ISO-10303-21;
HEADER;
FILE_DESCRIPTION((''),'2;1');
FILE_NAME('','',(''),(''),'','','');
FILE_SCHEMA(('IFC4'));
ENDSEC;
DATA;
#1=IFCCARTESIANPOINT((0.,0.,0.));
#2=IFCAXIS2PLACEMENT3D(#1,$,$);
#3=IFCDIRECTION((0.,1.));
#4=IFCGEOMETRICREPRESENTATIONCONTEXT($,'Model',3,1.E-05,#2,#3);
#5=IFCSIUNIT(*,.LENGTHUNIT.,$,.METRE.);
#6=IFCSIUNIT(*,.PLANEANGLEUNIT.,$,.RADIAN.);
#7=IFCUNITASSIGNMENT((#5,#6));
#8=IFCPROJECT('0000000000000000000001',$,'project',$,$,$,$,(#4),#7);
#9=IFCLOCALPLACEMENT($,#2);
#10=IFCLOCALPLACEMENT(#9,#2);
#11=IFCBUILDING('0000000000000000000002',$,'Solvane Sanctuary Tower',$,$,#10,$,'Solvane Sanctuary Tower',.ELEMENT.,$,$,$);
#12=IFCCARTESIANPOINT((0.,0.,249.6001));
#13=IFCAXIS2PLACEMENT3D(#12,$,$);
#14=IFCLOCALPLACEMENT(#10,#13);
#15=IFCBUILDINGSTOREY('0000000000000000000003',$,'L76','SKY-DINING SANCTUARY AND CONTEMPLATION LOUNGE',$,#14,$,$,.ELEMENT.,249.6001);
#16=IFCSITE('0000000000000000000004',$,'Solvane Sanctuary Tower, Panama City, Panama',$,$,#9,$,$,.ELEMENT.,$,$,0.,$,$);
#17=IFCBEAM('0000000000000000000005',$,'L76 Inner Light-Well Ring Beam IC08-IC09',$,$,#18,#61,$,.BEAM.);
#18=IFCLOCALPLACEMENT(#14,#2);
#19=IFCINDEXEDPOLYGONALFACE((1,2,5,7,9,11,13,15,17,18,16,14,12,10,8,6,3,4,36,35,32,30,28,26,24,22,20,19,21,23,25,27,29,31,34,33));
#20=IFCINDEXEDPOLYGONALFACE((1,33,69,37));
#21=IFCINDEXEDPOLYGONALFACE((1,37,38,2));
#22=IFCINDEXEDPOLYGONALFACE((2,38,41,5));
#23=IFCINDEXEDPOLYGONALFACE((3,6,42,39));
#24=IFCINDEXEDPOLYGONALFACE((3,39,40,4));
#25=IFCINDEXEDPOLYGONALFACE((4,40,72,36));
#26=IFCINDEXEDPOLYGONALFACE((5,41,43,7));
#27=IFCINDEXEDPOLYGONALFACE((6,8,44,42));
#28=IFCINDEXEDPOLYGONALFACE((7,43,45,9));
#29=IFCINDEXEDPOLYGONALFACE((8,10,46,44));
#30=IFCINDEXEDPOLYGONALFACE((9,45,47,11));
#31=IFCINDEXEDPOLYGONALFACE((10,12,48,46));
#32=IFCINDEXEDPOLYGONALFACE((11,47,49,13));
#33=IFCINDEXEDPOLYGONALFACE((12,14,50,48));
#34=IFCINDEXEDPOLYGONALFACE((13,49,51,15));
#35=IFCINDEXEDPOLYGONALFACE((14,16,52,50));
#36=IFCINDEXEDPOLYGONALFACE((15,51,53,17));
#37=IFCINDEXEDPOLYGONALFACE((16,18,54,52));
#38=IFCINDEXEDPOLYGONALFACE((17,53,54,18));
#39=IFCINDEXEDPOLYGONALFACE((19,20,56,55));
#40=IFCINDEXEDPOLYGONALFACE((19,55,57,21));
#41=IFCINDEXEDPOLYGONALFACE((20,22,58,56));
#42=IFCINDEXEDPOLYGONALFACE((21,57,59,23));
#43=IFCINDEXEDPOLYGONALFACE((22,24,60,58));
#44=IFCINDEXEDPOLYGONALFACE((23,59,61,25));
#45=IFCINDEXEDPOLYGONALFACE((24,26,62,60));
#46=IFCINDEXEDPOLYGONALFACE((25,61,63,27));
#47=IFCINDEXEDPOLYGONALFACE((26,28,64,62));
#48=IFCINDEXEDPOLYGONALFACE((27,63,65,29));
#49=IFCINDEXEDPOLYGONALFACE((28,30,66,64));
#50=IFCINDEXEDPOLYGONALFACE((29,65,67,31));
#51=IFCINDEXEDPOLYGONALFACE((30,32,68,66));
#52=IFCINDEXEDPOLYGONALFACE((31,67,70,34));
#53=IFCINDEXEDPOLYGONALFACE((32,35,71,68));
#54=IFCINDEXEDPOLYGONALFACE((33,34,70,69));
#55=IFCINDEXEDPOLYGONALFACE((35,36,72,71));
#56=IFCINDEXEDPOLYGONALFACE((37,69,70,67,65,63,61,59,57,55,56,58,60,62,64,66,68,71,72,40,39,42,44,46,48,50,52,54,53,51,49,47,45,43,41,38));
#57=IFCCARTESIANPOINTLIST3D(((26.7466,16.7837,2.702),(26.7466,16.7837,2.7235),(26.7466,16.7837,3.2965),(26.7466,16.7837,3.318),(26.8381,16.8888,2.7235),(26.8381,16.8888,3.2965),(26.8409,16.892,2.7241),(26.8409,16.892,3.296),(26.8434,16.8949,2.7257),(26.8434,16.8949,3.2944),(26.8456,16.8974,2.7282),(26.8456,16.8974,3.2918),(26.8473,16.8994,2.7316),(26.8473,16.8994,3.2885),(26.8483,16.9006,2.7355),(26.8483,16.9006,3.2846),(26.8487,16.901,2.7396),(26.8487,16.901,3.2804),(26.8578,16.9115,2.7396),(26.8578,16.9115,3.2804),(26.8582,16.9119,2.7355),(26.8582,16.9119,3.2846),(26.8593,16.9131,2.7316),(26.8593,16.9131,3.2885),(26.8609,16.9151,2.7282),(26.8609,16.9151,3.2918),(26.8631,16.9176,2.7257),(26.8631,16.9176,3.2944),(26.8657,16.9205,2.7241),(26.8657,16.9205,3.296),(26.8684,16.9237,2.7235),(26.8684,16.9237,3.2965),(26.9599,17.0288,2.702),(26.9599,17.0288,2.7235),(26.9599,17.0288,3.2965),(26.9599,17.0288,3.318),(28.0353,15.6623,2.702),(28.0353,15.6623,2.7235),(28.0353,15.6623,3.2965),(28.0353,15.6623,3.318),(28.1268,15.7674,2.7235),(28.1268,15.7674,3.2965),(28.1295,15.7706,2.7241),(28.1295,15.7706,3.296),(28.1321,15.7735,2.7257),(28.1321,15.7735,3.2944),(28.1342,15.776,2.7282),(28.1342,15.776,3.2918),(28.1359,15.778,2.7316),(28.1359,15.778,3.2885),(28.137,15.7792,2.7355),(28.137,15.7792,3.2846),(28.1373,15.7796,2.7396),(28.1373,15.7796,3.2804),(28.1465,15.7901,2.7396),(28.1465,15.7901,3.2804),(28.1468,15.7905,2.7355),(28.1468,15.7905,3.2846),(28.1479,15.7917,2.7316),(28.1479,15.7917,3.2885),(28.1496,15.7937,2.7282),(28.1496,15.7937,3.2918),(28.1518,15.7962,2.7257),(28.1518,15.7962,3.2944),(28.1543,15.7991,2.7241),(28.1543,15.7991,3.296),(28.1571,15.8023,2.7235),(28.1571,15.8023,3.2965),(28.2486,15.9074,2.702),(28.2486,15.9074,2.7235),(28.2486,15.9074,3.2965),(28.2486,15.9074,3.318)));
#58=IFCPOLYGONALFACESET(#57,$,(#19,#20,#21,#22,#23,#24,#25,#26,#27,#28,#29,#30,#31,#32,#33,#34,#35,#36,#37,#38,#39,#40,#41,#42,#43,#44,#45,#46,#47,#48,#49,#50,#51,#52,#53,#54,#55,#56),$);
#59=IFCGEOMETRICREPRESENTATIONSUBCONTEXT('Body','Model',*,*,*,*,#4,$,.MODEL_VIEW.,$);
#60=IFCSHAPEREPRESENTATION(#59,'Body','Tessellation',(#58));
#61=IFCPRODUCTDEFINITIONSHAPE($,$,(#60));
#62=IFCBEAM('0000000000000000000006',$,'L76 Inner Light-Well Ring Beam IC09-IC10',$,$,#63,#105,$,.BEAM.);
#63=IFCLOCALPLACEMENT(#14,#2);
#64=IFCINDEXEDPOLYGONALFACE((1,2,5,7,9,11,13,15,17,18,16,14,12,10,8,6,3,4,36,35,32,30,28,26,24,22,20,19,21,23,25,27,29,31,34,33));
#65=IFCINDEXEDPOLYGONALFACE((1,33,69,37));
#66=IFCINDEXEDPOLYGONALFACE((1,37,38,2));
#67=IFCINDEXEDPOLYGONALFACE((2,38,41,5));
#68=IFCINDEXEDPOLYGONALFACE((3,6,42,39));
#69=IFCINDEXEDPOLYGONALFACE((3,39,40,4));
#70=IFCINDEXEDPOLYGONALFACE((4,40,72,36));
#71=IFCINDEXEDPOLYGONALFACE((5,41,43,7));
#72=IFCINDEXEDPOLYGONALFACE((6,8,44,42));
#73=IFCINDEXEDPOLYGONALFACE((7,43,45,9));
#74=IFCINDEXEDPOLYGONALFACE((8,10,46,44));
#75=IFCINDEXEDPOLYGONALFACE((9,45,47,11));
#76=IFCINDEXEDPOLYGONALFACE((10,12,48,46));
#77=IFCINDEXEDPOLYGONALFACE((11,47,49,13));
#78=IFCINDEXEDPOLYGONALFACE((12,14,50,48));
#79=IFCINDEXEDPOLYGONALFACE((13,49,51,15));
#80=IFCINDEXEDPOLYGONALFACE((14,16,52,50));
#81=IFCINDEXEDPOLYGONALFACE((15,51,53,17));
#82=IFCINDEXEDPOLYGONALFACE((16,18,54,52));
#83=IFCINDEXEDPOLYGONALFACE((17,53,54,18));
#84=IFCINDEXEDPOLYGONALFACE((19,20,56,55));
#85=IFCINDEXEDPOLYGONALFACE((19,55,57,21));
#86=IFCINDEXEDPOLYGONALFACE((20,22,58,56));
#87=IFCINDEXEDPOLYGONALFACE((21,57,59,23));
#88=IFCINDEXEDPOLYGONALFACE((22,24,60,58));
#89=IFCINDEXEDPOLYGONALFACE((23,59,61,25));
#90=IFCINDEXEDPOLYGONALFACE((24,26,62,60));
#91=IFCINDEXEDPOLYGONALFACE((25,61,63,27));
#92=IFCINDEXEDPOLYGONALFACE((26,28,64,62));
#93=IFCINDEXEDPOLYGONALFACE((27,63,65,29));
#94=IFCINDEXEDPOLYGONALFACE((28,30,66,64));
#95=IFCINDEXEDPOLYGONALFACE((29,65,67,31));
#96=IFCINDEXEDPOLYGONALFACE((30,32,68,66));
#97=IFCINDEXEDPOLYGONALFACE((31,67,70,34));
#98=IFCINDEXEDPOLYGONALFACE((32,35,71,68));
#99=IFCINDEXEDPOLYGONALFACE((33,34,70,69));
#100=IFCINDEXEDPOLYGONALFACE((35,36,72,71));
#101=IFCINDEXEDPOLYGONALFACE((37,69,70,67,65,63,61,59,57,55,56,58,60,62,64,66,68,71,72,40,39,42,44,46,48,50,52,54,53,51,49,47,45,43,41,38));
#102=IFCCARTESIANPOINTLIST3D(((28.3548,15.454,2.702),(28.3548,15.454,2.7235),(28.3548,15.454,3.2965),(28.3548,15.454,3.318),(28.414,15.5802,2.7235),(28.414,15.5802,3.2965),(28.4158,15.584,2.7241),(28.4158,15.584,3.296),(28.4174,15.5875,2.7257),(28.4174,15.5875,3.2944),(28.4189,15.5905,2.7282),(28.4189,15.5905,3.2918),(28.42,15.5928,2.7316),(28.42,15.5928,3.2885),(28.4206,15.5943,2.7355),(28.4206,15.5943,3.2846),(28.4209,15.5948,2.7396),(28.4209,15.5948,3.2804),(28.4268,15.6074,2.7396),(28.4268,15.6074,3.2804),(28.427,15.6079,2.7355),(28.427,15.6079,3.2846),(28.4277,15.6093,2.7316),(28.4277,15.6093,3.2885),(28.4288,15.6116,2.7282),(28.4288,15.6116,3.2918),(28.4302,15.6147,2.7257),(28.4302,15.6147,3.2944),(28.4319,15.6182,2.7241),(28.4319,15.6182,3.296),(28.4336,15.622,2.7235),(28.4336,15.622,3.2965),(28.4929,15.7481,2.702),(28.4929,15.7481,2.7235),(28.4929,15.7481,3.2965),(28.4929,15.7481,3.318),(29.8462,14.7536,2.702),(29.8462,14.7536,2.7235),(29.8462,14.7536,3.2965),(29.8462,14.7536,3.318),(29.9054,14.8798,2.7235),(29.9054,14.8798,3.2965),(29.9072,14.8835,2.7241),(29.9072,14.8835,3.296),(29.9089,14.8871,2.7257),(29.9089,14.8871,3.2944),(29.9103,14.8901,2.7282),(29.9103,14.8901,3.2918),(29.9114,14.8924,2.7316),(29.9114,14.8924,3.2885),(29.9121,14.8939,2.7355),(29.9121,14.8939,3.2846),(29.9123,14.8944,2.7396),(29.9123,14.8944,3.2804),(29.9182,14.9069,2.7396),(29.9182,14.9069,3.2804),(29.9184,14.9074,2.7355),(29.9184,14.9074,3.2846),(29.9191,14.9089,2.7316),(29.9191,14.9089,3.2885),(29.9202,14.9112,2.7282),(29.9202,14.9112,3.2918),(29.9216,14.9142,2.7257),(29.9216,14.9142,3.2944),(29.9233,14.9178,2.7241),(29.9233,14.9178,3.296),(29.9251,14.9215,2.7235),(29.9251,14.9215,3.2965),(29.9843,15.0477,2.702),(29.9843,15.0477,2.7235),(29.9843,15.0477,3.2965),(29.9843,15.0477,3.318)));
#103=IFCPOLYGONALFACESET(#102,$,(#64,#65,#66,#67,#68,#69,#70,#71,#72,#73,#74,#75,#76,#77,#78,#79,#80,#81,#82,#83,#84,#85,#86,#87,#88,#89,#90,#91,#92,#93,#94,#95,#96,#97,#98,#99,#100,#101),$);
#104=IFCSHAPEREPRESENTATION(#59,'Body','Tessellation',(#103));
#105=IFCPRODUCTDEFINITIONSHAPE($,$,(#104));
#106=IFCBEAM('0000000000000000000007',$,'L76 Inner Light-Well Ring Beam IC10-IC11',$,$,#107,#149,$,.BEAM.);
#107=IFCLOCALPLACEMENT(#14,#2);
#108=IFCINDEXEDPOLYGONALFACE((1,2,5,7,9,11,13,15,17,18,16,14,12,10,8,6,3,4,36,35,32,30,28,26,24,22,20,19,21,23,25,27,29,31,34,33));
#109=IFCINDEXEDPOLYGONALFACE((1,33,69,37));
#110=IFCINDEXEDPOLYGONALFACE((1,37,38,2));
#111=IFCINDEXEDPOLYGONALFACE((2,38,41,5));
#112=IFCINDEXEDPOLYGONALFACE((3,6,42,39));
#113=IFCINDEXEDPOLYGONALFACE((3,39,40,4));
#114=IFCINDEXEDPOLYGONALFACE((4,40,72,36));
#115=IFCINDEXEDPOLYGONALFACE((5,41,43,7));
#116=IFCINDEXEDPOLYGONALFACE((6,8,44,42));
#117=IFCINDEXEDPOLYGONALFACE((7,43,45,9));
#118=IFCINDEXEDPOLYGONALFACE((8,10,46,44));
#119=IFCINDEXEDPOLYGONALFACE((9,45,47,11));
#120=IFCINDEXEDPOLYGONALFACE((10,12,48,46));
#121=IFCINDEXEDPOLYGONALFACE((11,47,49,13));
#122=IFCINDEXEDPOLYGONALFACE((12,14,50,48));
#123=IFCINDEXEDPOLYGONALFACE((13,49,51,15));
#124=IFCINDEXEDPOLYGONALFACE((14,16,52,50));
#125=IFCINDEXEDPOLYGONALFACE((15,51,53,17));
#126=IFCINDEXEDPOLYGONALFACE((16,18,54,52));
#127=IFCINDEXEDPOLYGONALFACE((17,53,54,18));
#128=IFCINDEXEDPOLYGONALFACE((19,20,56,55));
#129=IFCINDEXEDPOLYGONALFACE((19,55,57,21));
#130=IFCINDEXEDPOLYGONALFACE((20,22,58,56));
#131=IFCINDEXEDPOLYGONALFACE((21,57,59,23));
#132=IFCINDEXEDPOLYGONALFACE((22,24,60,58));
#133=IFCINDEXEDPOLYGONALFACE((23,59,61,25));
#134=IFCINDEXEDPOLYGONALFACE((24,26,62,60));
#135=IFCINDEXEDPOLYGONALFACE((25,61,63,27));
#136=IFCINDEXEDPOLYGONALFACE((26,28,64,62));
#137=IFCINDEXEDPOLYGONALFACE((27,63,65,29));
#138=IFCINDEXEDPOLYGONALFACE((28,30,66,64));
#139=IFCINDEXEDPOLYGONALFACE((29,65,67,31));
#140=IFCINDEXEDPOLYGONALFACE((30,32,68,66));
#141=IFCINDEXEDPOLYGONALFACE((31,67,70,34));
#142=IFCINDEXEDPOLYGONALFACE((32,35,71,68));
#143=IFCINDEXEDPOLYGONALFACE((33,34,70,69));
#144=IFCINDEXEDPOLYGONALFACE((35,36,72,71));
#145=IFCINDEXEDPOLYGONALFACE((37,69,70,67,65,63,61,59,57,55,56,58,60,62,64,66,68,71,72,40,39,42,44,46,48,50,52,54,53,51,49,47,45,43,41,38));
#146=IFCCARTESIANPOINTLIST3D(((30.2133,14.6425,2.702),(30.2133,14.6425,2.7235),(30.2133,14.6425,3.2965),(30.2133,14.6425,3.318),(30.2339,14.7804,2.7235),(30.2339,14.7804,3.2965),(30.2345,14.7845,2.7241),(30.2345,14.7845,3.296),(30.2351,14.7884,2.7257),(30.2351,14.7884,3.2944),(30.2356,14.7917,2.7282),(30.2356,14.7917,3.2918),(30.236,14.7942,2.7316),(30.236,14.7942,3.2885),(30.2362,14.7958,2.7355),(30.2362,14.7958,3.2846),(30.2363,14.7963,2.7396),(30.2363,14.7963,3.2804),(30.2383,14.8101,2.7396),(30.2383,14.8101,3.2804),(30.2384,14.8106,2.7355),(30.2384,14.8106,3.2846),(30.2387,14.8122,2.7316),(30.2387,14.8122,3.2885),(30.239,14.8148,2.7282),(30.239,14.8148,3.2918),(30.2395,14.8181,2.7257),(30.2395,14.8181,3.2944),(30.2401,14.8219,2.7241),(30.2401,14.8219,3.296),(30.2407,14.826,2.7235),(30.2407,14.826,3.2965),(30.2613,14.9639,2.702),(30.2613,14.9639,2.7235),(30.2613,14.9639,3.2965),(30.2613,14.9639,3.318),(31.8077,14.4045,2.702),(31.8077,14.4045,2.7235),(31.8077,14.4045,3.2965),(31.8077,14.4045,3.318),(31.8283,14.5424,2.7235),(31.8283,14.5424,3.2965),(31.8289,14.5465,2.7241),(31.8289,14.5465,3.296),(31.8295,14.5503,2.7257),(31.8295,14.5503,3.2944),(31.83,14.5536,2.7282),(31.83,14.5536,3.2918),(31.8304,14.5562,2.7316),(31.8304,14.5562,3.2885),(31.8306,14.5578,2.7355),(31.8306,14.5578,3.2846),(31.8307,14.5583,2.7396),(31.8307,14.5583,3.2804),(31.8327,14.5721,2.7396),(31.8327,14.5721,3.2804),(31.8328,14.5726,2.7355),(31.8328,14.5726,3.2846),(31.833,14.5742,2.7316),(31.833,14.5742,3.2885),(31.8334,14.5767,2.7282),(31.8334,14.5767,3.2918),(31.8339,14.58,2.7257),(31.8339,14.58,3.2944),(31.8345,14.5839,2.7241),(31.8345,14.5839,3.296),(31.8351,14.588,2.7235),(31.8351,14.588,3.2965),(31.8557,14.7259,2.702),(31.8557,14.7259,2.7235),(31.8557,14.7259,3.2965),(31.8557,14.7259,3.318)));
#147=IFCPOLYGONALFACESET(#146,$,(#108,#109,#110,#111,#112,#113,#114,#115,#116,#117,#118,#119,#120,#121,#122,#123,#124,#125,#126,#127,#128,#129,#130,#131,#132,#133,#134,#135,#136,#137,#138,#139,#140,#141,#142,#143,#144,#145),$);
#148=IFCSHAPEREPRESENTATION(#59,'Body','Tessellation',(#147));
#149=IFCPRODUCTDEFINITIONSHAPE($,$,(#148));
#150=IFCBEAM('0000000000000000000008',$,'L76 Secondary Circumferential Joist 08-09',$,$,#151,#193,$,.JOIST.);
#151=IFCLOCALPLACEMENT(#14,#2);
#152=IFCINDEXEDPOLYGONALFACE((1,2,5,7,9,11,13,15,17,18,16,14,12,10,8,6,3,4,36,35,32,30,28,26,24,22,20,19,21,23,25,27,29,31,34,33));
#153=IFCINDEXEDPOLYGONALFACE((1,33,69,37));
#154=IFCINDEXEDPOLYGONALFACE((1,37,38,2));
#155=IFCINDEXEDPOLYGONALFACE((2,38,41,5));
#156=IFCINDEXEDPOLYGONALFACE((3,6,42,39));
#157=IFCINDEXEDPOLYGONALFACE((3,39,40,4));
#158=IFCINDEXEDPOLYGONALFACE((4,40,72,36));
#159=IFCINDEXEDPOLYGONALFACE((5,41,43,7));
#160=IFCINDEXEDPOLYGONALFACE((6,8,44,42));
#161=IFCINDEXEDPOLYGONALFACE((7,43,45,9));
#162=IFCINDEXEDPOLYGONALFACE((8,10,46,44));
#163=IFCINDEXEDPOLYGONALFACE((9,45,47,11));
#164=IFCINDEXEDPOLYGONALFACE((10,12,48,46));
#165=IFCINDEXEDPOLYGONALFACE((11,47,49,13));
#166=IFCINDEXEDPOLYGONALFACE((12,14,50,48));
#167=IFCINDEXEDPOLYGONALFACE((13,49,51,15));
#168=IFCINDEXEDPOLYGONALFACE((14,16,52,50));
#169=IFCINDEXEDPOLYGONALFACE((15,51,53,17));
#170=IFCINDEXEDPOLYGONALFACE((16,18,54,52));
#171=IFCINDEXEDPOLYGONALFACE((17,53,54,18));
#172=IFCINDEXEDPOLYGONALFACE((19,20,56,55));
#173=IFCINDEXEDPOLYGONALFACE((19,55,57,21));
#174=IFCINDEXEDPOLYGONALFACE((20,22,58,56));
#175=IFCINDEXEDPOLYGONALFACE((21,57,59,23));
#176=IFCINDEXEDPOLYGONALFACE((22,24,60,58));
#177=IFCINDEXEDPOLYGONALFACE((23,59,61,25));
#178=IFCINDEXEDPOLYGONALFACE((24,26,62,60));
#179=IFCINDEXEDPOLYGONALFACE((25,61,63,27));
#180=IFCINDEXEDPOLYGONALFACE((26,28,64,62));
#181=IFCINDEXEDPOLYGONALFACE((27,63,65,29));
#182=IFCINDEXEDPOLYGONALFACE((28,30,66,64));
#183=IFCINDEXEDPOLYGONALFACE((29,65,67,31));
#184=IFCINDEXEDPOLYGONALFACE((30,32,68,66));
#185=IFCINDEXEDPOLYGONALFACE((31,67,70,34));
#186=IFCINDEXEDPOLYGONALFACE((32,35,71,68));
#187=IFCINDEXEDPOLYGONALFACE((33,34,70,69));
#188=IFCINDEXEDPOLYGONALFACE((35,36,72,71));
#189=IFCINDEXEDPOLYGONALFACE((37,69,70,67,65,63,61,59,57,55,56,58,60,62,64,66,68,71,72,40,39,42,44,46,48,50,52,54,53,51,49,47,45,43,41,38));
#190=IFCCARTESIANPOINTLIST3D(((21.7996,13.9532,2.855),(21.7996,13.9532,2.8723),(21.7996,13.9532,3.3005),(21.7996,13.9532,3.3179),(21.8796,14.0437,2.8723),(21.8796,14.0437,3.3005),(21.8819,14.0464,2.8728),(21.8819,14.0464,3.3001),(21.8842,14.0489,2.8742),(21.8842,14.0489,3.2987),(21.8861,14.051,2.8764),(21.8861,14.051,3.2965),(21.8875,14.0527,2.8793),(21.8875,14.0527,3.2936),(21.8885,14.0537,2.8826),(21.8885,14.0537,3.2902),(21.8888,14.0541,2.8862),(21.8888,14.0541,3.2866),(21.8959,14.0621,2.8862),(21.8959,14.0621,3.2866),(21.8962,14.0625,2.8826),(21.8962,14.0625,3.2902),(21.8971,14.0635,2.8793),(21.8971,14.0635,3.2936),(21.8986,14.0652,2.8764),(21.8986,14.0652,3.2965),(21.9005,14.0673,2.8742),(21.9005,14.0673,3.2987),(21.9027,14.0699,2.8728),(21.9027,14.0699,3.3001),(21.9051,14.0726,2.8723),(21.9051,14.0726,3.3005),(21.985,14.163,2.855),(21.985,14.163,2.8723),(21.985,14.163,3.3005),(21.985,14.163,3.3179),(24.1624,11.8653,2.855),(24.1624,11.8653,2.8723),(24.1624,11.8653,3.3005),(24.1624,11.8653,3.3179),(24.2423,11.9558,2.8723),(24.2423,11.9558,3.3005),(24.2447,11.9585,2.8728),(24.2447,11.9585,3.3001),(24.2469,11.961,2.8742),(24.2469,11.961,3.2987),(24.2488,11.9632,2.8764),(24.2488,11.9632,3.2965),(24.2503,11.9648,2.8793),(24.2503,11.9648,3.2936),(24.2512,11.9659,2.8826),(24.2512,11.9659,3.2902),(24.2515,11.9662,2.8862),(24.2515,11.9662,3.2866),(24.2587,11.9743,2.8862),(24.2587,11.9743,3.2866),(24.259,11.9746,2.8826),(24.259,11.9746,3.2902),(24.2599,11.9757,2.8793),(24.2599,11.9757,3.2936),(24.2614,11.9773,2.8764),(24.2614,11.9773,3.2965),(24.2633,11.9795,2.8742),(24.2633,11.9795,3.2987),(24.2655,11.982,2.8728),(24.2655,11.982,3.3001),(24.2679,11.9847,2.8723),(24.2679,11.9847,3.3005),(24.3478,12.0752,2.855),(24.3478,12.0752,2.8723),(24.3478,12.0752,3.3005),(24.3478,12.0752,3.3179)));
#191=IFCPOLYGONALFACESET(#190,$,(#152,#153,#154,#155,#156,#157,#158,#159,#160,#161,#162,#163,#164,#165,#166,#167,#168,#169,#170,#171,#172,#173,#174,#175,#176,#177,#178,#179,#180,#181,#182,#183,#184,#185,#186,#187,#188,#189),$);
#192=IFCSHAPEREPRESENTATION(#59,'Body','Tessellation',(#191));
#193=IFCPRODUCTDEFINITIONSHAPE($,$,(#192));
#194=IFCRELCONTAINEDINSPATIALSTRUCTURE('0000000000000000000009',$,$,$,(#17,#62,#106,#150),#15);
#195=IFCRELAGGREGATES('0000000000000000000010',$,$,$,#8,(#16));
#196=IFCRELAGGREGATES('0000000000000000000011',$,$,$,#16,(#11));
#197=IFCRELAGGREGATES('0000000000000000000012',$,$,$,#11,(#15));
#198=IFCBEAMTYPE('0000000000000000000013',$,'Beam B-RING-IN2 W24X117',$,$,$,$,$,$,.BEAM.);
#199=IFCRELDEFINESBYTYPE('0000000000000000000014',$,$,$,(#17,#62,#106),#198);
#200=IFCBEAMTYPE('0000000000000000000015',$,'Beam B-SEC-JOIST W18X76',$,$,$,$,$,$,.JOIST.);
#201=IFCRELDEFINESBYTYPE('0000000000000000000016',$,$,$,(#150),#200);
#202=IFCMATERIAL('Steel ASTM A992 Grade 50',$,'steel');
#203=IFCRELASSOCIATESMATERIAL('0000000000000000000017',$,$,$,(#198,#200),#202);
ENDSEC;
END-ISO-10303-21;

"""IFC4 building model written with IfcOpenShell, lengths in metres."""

from ifc_helpers import new_model, si_unit, direction, frame, origin, origin_2d, place, context, subcontext, project, spatial, i_section, extrude, material, material_profile, profile_set, type_object, element, save


model = new_model("IFC4")

# Units and contexts
model_context = context("Model", 3, precision=1e-05, world=origin(), true_north=direction((0.0, 1.0)))
body_context = subcontext(model_context, "Body", "Model", "MODEL_VIEW")
ifc_project = project(units=[si_unit("LENGTHUNIT", "METRE"), si_unit("PLANEANGLEUNIT", "RADIAN")], contexts=[model_context])

# Site, building, storey
site_placement = place(None, origin())
site = spatial("IfcSite", under=ifc_project, at=site_placement, Name="Solvane Sanctuary Tower, Panama City, Panama", CompositionType="ELEMENT", RefElevation=0.0)
building_placement = place(site_placement, origin())
building = spatial("IfcBuilding", under=site, at=building_placement, Name="Solvane Sanctuary Tower", LongName="Solvane Sanctuary Tower", CompositionType="ELEMENT")
storey_placement = place(building_placement, frame((0.0, 0.0, 249.6001)))
storey = spatial("IfcBuildingStorey", under=building, at=storey_placement, Name="L76", Description="SKY-DINING SANCTUARY AND CONTEMPLATION LOUNGE", CompositionType="ELEMENT", Elevation=249.6001)

# Beams
ifc_material_1 = material(Name="Steel ASTM A992 Grade 50", Category="steel")
ifc_material_profile_1 = material_profile(ifc_material_1, i_section(OverallWidth=0.325, OverallDepth=0.616, WebThickness=0.0139, FlangeThickness=0.0215, FilletRadius=0.0161, at=origin_2d()), Name="W24X117")
ifc_profile_set_1 = profile_set([ifc_material_profile_1], Name="Steel ASTM A992 Grade 50")
beam_type_1 = type_object("IfcBeamType", Name="Beam B-RING-IN2 W24X117", PredefinedType="BEAM", material=ifc_profile_set_1)
beam_1_placement = place(storey_placement, frame((26.8533, 16.9062, 3.01), z_axis=(0.754362, -0.656458, 0.0), x_axis=(0.656458, 0.754362, 0.0)))
element("IfcBeam", 1, at=beam_1_placement, inside=storey, type_object=beam_type_1, Name="L76 Inner Light-Well Ring Beam IC08-IC09", PredefinedType="BEAM", context=body_context, shape_type="SweptSolid", body=[
    extrude(i_section(OverallWidth=0.325, OverallDepth=0.616, WebThickness=0.0139, FlangeThickness=0.0215, FilletRadius=0.0161, at=origin_2d()), origin(), (0.0, 0.0, 1.0), 1.7083),
])
beam_2_placement = place(storey_placement, frame((28.4238, 15.6011, 3.01), z_axis=(0.905151, -0.42509, 0.0), x_axis=(0.42509, 0.905151, 0.0)))
element("IfcBeam", 2, at=beam_2_placement, inside=storey, type_object=beam_type_1, Name="L76 Inner Light-Well Ring Beam IC09-IC10", PredefinedType="BEAM", context=body_context, shape_type="SweptSolid", body=[
    extrude(i_section(OverallWidth=0.325, OverallDepth=0.616, WebThickness=0.0139, FlangeThickness=0.0215, FilletRadius=0.0161, at=origin_2d()), origin(), (0.0, 0.0, 1.0), 1.6477),
])
beam_3_placement = place(storey_placement, frame((30.2373, 14.8032, 3.01), z_axis=(0.989039, -0.147652, 0.0), x_axis=(0.147652, 0.989039, 0.0)))
element("IfcBeam", 3, at=beam_3_placement, inside=storey, type_object=beam_type_1, Name="L76 Inner Light-Well Ring Beam IC10-IC11", PredefinedType="BEAM", context=body_context, shape_type="SweptSolid", body=[
    extrude(i_section(OverallWidth=0.325, OverallDepth=0.616, WebThickness=0.0139, FlangeThickness=0.0215, FilletRadius=0.0161, at=origin_2d()), origin(), (0.0, 0.0, 1.0), 1.6121),
])
ifc_material_profile_2 = material_profile(ifc_material_1, i_section(OverallWidth=0.28, OverallDepth=0.4629, WebThickness=0.0107, FlangeThickness=0.0173, FilletRadius=0.0139, at=origin_2d()), Name="W18X76")
ifc_profile_set_2 = profile_set([ifc_material_profile_2], Name="Steel ASTM A992 Grade 50")
beam_type_2 = type_object("IfcBeamType", Name="Beam B-SEC-JOIST W18X76", PredefinedType="JOIST", material=ifc_profile_set_2)
beam_4_placement = place(storey_placement, frame((21.8923, 14.0581, 3.0864), z_axis=(0.749354, -0.662169, 0.0), x_axis=(0.662169, 0.749354, 0.0)))
element("IfcBeam", 4, at=beam_4_placement, inside=storey, type_object=beam_type_2, Name="L76 Secondary Circumferential Joist 08-09", PredefinedType="JOIST", context=body_context, shape_type="SweptSolid", body=[
    extrude(i_section(OverallWidth=0.28, OverallDepth=0.4629, WebThickness=0.0107, FlangeThickness=0.0173, FilletRadius=0.0139, at=origin_2d()), origin(), (0.0, 0.0, 1.0), 3.1531),
])

save(model, "model.ifc")
